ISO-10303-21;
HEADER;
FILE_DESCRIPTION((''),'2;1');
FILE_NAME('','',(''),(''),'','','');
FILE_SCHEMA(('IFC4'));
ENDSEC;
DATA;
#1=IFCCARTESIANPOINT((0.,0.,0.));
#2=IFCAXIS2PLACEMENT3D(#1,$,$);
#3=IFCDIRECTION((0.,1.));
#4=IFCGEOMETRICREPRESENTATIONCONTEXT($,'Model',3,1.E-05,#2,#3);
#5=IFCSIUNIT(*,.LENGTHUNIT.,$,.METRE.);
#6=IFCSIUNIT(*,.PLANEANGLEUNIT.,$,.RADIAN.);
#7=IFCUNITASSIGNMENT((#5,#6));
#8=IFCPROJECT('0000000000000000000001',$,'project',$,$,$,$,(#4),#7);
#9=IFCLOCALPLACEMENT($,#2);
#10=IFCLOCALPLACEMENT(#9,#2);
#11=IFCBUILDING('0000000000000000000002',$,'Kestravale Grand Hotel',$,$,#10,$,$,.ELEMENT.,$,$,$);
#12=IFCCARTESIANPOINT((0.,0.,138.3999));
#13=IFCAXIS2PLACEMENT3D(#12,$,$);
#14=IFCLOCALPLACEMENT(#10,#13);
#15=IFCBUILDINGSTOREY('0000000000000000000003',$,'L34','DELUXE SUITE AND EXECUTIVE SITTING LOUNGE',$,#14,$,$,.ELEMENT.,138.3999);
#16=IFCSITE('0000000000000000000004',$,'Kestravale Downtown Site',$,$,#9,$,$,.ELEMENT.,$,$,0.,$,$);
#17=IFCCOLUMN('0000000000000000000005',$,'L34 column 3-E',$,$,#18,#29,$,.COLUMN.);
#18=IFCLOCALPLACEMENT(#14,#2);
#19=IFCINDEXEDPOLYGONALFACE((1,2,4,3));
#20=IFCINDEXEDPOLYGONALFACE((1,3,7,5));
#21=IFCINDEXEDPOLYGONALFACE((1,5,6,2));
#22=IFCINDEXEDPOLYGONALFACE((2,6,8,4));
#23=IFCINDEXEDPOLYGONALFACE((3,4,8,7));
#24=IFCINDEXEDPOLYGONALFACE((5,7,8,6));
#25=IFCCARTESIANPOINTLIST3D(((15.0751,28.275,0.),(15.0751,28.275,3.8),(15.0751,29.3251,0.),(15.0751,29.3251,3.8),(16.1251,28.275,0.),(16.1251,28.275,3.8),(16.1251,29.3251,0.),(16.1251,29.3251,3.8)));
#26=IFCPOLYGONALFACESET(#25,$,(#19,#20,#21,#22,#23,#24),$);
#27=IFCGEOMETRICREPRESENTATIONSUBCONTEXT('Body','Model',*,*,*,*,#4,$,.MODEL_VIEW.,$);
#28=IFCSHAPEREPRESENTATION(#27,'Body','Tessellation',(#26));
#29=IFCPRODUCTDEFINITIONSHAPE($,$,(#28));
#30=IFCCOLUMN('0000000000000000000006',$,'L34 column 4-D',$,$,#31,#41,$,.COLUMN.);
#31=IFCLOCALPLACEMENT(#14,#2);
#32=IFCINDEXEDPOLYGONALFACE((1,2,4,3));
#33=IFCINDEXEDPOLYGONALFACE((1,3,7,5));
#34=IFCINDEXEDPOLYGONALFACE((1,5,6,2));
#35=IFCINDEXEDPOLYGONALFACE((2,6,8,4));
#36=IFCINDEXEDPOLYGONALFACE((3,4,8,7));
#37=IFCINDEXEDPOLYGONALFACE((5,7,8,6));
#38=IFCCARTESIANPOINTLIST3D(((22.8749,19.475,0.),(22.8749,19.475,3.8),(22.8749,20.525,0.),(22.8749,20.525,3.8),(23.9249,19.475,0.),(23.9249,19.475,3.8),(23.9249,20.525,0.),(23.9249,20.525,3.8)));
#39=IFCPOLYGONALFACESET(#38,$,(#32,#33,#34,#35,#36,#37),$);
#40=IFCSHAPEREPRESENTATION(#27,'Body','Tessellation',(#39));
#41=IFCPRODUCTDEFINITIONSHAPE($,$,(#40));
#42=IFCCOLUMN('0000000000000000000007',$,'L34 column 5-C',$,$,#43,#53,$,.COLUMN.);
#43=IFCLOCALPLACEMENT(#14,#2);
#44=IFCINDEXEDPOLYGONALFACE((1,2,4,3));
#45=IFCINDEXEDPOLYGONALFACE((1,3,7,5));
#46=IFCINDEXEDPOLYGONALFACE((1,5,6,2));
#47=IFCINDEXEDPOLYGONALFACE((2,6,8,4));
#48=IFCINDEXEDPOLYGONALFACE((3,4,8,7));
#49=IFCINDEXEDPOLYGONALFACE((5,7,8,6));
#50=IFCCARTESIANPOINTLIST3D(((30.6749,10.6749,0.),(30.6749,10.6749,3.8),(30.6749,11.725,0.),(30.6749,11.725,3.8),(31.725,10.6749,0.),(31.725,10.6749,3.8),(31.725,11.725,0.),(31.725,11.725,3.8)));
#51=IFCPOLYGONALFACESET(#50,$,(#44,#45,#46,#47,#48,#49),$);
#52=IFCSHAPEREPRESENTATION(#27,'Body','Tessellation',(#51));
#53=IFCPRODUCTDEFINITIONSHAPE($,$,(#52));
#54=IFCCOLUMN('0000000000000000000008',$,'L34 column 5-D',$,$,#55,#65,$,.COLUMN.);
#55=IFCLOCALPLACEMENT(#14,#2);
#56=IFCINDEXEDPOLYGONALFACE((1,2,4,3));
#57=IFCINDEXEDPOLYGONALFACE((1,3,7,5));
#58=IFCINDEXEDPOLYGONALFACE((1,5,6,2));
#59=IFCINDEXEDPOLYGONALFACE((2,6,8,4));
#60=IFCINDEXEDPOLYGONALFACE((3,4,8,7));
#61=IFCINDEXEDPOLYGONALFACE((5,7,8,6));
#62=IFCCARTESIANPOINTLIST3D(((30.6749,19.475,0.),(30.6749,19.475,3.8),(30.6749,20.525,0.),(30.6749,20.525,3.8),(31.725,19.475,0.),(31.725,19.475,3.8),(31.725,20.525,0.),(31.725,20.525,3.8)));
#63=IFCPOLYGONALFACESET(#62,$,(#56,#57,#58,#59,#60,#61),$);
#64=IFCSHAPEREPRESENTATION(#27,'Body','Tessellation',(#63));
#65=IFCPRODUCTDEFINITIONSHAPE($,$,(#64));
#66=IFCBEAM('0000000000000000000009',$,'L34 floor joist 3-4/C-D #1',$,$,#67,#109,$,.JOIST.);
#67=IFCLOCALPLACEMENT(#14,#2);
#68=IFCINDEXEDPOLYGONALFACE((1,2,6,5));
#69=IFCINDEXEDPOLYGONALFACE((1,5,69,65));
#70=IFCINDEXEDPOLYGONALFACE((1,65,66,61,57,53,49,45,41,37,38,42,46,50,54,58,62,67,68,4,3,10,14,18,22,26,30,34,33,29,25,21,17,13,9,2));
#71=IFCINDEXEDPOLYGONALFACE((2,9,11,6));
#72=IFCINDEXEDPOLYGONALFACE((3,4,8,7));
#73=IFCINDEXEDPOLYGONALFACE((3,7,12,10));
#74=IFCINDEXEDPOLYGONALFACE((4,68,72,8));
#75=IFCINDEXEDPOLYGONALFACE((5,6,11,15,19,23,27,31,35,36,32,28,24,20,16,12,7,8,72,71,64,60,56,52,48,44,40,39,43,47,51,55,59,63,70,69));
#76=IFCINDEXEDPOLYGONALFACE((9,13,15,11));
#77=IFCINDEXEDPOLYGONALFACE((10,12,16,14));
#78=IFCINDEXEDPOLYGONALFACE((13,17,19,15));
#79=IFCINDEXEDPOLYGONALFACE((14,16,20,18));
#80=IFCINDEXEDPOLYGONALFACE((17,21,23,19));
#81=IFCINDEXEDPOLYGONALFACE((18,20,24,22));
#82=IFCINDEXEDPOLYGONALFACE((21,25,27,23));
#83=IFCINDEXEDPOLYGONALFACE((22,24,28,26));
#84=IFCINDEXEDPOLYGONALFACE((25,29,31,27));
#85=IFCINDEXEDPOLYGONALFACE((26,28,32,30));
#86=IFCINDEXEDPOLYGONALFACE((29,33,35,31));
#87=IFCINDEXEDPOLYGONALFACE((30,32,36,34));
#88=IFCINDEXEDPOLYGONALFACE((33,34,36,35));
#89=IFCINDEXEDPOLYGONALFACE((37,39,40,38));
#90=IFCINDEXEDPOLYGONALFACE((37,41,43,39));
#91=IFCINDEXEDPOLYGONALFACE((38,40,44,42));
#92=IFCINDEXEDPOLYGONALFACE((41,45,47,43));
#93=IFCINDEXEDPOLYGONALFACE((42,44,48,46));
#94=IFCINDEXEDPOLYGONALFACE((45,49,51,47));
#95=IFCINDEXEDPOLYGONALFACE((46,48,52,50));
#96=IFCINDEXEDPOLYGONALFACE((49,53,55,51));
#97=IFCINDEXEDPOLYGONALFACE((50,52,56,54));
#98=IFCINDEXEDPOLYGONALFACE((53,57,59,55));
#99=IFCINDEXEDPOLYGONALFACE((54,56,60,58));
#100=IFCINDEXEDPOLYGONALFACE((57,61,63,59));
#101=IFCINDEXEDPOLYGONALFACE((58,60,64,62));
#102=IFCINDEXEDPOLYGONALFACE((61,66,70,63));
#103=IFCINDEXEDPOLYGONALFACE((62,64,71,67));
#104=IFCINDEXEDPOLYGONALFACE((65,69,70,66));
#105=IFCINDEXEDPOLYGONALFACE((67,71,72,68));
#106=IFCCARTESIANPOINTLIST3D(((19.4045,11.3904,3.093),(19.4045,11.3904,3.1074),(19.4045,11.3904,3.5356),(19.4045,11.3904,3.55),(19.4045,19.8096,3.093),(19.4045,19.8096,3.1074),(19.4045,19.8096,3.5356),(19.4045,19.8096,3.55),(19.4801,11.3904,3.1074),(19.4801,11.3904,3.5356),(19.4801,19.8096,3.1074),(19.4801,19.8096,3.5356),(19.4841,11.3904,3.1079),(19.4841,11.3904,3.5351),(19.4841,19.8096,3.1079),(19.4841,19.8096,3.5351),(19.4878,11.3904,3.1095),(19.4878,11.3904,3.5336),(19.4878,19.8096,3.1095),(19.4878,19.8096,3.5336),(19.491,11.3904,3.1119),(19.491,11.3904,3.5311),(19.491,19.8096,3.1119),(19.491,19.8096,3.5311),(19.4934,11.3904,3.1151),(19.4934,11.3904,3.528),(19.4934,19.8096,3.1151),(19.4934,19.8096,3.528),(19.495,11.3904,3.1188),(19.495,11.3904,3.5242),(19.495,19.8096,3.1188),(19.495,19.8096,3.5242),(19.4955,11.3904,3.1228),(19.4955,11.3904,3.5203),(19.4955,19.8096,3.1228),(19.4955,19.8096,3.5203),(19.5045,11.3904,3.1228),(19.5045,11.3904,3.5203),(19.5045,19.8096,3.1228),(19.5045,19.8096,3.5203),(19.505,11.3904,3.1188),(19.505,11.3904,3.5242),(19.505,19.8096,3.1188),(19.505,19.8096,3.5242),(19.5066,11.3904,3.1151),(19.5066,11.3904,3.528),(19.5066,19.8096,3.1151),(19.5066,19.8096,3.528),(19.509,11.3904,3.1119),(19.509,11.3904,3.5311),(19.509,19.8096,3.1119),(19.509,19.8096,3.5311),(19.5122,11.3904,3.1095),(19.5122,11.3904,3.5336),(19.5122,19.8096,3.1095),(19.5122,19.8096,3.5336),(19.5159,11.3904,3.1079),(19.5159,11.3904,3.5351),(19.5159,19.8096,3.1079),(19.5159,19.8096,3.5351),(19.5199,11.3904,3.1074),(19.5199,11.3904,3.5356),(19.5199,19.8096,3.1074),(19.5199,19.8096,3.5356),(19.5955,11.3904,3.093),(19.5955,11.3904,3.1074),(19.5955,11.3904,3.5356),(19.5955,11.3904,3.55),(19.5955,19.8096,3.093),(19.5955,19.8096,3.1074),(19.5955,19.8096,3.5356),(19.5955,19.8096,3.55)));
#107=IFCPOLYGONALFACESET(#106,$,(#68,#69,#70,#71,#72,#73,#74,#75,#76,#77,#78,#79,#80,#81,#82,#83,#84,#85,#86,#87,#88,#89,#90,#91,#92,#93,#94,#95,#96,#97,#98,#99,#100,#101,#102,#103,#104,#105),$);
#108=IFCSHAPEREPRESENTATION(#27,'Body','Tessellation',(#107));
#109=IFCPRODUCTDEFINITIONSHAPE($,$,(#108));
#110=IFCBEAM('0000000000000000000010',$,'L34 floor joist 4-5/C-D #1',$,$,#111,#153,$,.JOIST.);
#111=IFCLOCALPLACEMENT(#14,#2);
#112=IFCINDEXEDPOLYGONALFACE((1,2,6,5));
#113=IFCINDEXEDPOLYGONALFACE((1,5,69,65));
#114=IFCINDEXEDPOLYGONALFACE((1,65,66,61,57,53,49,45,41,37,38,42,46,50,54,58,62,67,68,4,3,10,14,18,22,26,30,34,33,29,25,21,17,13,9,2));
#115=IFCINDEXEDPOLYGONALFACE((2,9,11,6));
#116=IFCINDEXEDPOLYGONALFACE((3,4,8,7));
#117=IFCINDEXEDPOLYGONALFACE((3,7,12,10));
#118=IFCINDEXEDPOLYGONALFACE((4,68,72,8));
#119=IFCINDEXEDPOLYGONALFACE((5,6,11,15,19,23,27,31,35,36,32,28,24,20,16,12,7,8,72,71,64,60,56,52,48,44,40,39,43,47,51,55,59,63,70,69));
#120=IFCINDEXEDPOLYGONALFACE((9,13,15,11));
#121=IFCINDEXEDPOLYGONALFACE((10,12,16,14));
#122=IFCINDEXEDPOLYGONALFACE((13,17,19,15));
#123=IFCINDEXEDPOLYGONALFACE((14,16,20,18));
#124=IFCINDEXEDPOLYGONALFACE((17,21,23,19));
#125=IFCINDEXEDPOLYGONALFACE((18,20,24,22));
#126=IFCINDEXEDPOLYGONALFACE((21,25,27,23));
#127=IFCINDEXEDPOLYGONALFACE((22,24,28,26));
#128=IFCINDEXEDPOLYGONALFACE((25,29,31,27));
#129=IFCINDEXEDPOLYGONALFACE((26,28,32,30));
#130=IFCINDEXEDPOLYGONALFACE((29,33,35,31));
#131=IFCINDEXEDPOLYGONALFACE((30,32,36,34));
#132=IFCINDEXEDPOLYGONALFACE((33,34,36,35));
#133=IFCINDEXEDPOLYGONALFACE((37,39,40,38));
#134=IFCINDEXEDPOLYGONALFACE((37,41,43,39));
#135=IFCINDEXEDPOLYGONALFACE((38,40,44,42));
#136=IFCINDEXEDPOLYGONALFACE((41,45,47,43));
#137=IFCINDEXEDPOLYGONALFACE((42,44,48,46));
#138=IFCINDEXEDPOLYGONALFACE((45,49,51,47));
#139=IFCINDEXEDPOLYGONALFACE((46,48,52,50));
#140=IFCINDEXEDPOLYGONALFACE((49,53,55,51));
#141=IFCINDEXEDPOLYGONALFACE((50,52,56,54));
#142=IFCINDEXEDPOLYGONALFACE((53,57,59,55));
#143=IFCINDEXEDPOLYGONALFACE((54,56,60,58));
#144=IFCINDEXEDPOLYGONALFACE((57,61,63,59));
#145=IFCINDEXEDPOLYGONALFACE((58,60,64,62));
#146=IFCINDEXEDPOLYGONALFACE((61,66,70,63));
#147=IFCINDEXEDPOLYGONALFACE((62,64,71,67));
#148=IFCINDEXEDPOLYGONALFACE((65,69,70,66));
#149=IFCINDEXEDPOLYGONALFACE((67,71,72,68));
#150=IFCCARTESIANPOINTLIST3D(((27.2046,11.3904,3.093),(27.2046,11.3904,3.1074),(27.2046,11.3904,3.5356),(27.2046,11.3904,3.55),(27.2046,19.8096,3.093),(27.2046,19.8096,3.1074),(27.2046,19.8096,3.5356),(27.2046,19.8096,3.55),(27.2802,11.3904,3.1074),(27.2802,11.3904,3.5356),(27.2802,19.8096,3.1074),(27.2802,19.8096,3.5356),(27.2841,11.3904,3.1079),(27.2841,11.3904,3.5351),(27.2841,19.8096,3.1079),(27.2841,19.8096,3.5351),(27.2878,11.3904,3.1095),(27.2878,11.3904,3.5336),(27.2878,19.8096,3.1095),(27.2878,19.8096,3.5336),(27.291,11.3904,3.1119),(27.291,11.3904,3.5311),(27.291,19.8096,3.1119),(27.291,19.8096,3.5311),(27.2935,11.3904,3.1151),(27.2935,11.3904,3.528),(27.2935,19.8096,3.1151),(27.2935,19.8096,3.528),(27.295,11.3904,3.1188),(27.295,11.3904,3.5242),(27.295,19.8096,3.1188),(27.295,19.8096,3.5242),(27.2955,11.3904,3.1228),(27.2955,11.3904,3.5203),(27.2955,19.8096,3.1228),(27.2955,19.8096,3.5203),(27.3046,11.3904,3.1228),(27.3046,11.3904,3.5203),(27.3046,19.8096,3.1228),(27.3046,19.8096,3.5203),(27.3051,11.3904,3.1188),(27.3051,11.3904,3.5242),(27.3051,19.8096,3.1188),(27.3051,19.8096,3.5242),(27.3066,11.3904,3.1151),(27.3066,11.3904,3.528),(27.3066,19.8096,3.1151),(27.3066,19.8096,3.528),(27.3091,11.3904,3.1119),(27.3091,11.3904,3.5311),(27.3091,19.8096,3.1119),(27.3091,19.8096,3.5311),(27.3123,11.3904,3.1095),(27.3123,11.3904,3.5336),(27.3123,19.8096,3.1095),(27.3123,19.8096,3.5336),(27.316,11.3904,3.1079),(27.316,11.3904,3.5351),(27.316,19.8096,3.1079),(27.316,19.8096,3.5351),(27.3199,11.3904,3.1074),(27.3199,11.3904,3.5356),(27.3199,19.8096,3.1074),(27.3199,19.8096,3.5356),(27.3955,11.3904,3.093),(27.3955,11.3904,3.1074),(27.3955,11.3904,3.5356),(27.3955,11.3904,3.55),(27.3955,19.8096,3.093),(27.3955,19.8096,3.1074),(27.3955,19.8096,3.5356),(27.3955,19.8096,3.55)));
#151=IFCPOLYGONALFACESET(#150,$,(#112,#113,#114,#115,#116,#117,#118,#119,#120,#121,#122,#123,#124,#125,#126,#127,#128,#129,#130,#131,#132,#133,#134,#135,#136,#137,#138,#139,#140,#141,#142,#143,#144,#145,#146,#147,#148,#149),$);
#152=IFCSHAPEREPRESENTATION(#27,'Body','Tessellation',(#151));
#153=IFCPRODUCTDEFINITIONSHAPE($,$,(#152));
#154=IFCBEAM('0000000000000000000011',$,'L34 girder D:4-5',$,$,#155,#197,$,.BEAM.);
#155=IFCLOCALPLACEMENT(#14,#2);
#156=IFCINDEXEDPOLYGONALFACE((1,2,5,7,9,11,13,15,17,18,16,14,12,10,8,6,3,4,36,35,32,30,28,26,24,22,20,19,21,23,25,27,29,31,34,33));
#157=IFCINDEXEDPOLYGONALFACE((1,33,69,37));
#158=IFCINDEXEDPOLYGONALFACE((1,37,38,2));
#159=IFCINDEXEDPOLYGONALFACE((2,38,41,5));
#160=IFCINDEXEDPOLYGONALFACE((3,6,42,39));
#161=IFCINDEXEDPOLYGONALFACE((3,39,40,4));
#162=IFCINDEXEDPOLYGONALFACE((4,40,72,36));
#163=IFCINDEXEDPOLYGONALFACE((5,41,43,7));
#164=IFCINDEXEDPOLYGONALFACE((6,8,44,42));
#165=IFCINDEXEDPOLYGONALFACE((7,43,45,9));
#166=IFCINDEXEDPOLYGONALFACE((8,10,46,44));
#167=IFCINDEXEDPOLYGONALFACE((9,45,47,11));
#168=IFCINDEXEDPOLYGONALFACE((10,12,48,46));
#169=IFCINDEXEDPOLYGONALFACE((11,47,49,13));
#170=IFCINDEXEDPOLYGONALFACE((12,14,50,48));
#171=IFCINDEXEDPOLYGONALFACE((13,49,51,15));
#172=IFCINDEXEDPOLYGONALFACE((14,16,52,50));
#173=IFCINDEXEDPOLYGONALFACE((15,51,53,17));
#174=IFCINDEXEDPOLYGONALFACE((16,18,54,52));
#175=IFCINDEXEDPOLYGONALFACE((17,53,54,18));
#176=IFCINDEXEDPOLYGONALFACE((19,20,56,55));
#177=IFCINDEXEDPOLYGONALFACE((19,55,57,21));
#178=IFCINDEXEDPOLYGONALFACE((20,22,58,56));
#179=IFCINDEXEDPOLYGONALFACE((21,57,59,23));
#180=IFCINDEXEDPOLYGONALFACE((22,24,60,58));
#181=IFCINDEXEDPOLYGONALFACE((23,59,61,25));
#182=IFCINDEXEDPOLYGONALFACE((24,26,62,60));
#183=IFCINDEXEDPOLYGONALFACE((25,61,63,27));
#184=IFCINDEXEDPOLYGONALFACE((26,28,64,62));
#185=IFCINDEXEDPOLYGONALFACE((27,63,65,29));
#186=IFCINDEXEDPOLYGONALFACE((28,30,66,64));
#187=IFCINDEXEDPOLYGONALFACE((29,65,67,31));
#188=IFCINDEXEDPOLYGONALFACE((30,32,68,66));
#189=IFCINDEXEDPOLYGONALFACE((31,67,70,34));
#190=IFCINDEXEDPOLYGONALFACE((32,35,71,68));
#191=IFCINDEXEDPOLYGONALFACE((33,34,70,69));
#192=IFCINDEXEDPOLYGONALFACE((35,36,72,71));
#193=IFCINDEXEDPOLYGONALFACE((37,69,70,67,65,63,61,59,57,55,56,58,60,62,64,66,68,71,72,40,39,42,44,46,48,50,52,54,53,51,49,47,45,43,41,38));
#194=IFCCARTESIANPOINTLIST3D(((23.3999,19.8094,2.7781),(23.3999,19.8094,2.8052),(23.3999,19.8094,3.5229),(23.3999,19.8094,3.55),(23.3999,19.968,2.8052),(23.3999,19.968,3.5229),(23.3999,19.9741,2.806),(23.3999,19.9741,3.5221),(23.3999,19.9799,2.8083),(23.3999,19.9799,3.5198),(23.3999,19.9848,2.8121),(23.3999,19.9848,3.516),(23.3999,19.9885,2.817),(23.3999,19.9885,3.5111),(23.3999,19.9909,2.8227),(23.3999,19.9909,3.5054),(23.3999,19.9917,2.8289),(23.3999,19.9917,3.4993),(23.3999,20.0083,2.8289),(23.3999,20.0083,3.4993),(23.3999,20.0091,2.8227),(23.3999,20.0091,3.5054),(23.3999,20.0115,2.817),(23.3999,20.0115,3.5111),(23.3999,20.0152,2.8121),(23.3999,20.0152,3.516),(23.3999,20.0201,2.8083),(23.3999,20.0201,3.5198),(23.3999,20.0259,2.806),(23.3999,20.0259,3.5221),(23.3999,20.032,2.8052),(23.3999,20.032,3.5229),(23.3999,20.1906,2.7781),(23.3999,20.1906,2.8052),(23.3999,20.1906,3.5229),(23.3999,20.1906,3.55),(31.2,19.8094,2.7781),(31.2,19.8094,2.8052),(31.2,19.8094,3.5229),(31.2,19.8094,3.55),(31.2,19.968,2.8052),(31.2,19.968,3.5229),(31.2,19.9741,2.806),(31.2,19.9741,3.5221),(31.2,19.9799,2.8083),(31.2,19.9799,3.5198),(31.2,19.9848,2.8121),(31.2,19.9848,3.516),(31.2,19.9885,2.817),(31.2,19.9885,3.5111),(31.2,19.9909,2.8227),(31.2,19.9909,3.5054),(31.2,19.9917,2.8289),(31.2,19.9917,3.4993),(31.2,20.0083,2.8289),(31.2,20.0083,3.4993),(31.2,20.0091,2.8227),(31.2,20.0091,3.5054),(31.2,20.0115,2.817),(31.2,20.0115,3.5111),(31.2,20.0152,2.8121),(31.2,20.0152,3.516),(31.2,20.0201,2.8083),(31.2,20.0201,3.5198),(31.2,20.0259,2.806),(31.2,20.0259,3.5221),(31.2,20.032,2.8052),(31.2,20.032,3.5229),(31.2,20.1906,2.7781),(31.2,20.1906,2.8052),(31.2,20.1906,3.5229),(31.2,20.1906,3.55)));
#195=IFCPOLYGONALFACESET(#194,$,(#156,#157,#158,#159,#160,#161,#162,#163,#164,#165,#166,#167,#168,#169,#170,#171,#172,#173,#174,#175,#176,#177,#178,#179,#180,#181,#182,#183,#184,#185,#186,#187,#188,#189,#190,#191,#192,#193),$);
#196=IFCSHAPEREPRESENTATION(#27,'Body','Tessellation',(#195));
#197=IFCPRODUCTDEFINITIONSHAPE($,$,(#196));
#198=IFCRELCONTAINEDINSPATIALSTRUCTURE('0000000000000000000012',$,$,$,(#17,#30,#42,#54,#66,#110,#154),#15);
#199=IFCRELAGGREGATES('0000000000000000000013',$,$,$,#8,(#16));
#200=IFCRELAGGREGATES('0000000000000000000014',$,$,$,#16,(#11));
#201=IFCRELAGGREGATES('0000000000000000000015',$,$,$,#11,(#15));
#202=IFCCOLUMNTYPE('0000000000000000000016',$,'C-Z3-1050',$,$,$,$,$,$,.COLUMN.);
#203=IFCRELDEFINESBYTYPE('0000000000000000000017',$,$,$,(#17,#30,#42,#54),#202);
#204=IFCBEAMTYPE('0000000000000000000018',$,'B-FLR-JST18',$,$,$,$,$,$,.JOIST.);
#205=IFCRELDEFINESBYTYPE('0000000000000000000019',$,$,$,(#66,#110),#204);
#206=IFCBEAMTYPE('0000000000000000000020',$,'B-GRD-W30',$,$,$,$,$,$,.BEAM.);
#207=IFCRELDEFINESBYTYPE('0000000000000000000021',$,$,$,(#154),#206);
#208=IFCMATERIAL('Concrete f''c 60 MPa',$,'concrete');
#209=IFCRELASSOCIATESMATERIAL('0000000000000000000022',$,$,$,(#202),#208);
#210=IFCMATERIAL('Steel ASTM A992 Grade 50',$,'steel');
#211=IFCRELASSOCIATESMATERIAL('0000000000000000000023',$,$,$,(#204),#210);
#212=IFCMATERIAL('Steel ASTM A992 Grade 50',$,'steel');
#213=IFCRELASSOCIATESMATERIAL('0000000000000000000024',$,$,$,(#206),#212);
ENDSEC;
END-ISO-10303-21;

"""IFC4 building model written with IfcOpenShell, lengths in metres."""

from ifc_helpers import new_model, si_unit, direction, frame, origin, origin_2d, place, context, subcontext, project, spatial, rectangle, i_section, extrude, material, material_profile, profile_set, type_object, element, save


model = new_model("IFC4")

# Units and contexts
model_context = context("Model", 3, precision=1e-05, world=origin(), true_north=direction((0.0, 1.0)))
body_context = subcontext(model_context, "Body", "Model", "MODEL_VIEW")
ifc_project = project(units=[si_unit("LENGTHUNIT", "METRE"), si_unit("PLANEANGLEUNIT", "RADIAN")], contexts=[model_context])

# Site, building, storey
site_placement = place(None, origin())
site = spatial("IfcSite", under=ifc_project, at=site_placement, Name="Kestravale Downtown Site", CompositionType="ELEMENT", RefElevation=0.0)
building_placement = place(site_placement, origin())
building = spatial("IfcBuilding", under=site, at=building_placement, Name="Kestravale Grand Hotel", CompositionType="ELEMENT")
storey_placement = place(building_placement, frame((0.0, 0.0, 138.3999)))
storey = spatial("IfcBuildingStorey", under=building, at=storey_placement, Name="L34", Description="DELUXE SUITE AND EXECUTIVE SITTING LOUNGE", CompositionType="ELEMENT", Elevation=138.3999)

# Columns
ifc_material_1 = material(Name="Concrete f'c 60 MPa", Category="concrete")
ifc_material_profile_1 = material_profile(ifc_material_1, rectangle(XDim=1.05, YDim=1.05, at=origin_2d()))
ifc_profile_set_1 = profile_set([ifc_material_profile_1], Name="Concrete f'c 60 MPa")
column_type = type_object("IfcColumnType", Name="C-Z3-1050", PredefinedType="COLUMN", material=ifc_profile_set_1)
for number, where, z_axis, x_axis, name in (
    (1, (15.6001, 28.8, 0.0), (0.0, 0.0, 1.0), (1.0, 0.0, 0.0), "L34 column 3-E"),
    (2, (23.3999, 20.0, 0.0), (0.0, 0.0, 1.0), (1.0, 0.0, 0.0), "L34 column 4-D"),
    (3, (31.2, 11.2, 0.0), (0.0, 0.0, 1.0), (1.0, 0.0, 0.0), "L34 column 5-C"),
    (4, (31.2, 20.0, 0.0), (0.0, 0.0, 1.0), (1.0, 0.0, 0.0), "L34 column 5-D"),
):
    element("IfcColumn", number, at=place(storey_placement, frame(where, z_axis=z_axis, x_axis=x_axis)), inside=storey, type_object=column_type, Name=name, PredefinedType="COLUMN", context=body_context, shape_type="SweptSolid", body=[
        extrude(rectangle(XDim=1.05, YDim=1.05, at=origin_2d()), origin(), (0.0, 0.0, 1.0), 3.8),
    ])

# Beams
ifc_material_2 = material(Name="Steel ASTM A992 Grade 50", Category="steel")
ifc_material_profile_2 = material_profile(ifc_material_2, i_section(OverallWidth=0.1909, OverallDepth=0.457, WebThickness=0.009, FlangeThickness=0.0144, FilletRadius=0.0154, at=origin_2d()))
ifc_profile_set_2 = profile_set([ifc_material_profile_2], Name="Steel ASTM A992 Grade 50")
beam_type_1 = type_object("IfcBeamType", Name="B-FLR-JST18", PredefinedType="JOIST", material=ifc_profile_set_2)
for number, where, z_axis, x_axis, name in (
    (5, (19.5, 11.3904, 3.3215), (0.0, 1.0, 0.0), (-1.0, 0.0, 0.0), "L34 floor joist 3-4/C-D #1"),
    (6, (27.3, 11.3904, 3.3215), (0.0, 1.0, 0.0), (-1.0, 0.0, 0.0), "L34 floor joist 4-5/C-D #1"),
):
    element("IfcBeam", number, at=place(storey_placement, frame(where, z_axis=z_axis, x_axis=x_axis)), inside=storey, type_object=beam_type_1, Name=name, PredefinedType="JOIST", context=body_context, shape_type="SweptSolid", body=[
        extrude(i_section(OverallWidth=0.1909, OverallDepth=0.457, WebThickness=0.009, FlangeThickness=0.0144, FilletRadius=0.0154, at=origin_2d()), origin(), (0.0, 0.0, 1.0), 8.4192),
    ])
ifc_material_3 = material(Name="Steel ASTM A992 Grade 50", Category="steel")
ifc_material_profile_3 = material_profile(ifc_material_3, i_section(OverallWidth=0.3811, OverallDepth=0.772, WebThickness=0.0166, FlangeThickness=0.0271, FilletRadius=0.0237, at=origin_2d()))
ifc_profile_set_3 = profile_set([ifc_material_profile_3], Name="Steel ASTM A992 Grade 50")
beam_type_2 = type_object("IfcBeamType", Name="B-GRD-W30", PredefinedType="BEAM", material=ifc_profile_set_3)
beam_1_placement = place(storey_placement, frame((23.3999, 20.0, 3.1641), z_axis=(1.0, 0.0, 0.0), x_axis=(0.0, 1.0, 0.0)))
element("IfcBeam", 7, at=beam_1_placement, inside=storey, type_object=beam_type_2, Name="L34 girder D:4-5", PredefinedType="BEAM", context=body_context, shape_type="SweptSolid", body=[
    extrude(i_section(OverallWidth=0.3811, OverallDepth=0.772, WebThickness=0.0166, FlangeThickness=0.0271, FilletRadius=0.0237, at=origin_2d()), origin(), (0.0, 0.0, 1.0), 7.8),
])

save(model, "model.ifc")
